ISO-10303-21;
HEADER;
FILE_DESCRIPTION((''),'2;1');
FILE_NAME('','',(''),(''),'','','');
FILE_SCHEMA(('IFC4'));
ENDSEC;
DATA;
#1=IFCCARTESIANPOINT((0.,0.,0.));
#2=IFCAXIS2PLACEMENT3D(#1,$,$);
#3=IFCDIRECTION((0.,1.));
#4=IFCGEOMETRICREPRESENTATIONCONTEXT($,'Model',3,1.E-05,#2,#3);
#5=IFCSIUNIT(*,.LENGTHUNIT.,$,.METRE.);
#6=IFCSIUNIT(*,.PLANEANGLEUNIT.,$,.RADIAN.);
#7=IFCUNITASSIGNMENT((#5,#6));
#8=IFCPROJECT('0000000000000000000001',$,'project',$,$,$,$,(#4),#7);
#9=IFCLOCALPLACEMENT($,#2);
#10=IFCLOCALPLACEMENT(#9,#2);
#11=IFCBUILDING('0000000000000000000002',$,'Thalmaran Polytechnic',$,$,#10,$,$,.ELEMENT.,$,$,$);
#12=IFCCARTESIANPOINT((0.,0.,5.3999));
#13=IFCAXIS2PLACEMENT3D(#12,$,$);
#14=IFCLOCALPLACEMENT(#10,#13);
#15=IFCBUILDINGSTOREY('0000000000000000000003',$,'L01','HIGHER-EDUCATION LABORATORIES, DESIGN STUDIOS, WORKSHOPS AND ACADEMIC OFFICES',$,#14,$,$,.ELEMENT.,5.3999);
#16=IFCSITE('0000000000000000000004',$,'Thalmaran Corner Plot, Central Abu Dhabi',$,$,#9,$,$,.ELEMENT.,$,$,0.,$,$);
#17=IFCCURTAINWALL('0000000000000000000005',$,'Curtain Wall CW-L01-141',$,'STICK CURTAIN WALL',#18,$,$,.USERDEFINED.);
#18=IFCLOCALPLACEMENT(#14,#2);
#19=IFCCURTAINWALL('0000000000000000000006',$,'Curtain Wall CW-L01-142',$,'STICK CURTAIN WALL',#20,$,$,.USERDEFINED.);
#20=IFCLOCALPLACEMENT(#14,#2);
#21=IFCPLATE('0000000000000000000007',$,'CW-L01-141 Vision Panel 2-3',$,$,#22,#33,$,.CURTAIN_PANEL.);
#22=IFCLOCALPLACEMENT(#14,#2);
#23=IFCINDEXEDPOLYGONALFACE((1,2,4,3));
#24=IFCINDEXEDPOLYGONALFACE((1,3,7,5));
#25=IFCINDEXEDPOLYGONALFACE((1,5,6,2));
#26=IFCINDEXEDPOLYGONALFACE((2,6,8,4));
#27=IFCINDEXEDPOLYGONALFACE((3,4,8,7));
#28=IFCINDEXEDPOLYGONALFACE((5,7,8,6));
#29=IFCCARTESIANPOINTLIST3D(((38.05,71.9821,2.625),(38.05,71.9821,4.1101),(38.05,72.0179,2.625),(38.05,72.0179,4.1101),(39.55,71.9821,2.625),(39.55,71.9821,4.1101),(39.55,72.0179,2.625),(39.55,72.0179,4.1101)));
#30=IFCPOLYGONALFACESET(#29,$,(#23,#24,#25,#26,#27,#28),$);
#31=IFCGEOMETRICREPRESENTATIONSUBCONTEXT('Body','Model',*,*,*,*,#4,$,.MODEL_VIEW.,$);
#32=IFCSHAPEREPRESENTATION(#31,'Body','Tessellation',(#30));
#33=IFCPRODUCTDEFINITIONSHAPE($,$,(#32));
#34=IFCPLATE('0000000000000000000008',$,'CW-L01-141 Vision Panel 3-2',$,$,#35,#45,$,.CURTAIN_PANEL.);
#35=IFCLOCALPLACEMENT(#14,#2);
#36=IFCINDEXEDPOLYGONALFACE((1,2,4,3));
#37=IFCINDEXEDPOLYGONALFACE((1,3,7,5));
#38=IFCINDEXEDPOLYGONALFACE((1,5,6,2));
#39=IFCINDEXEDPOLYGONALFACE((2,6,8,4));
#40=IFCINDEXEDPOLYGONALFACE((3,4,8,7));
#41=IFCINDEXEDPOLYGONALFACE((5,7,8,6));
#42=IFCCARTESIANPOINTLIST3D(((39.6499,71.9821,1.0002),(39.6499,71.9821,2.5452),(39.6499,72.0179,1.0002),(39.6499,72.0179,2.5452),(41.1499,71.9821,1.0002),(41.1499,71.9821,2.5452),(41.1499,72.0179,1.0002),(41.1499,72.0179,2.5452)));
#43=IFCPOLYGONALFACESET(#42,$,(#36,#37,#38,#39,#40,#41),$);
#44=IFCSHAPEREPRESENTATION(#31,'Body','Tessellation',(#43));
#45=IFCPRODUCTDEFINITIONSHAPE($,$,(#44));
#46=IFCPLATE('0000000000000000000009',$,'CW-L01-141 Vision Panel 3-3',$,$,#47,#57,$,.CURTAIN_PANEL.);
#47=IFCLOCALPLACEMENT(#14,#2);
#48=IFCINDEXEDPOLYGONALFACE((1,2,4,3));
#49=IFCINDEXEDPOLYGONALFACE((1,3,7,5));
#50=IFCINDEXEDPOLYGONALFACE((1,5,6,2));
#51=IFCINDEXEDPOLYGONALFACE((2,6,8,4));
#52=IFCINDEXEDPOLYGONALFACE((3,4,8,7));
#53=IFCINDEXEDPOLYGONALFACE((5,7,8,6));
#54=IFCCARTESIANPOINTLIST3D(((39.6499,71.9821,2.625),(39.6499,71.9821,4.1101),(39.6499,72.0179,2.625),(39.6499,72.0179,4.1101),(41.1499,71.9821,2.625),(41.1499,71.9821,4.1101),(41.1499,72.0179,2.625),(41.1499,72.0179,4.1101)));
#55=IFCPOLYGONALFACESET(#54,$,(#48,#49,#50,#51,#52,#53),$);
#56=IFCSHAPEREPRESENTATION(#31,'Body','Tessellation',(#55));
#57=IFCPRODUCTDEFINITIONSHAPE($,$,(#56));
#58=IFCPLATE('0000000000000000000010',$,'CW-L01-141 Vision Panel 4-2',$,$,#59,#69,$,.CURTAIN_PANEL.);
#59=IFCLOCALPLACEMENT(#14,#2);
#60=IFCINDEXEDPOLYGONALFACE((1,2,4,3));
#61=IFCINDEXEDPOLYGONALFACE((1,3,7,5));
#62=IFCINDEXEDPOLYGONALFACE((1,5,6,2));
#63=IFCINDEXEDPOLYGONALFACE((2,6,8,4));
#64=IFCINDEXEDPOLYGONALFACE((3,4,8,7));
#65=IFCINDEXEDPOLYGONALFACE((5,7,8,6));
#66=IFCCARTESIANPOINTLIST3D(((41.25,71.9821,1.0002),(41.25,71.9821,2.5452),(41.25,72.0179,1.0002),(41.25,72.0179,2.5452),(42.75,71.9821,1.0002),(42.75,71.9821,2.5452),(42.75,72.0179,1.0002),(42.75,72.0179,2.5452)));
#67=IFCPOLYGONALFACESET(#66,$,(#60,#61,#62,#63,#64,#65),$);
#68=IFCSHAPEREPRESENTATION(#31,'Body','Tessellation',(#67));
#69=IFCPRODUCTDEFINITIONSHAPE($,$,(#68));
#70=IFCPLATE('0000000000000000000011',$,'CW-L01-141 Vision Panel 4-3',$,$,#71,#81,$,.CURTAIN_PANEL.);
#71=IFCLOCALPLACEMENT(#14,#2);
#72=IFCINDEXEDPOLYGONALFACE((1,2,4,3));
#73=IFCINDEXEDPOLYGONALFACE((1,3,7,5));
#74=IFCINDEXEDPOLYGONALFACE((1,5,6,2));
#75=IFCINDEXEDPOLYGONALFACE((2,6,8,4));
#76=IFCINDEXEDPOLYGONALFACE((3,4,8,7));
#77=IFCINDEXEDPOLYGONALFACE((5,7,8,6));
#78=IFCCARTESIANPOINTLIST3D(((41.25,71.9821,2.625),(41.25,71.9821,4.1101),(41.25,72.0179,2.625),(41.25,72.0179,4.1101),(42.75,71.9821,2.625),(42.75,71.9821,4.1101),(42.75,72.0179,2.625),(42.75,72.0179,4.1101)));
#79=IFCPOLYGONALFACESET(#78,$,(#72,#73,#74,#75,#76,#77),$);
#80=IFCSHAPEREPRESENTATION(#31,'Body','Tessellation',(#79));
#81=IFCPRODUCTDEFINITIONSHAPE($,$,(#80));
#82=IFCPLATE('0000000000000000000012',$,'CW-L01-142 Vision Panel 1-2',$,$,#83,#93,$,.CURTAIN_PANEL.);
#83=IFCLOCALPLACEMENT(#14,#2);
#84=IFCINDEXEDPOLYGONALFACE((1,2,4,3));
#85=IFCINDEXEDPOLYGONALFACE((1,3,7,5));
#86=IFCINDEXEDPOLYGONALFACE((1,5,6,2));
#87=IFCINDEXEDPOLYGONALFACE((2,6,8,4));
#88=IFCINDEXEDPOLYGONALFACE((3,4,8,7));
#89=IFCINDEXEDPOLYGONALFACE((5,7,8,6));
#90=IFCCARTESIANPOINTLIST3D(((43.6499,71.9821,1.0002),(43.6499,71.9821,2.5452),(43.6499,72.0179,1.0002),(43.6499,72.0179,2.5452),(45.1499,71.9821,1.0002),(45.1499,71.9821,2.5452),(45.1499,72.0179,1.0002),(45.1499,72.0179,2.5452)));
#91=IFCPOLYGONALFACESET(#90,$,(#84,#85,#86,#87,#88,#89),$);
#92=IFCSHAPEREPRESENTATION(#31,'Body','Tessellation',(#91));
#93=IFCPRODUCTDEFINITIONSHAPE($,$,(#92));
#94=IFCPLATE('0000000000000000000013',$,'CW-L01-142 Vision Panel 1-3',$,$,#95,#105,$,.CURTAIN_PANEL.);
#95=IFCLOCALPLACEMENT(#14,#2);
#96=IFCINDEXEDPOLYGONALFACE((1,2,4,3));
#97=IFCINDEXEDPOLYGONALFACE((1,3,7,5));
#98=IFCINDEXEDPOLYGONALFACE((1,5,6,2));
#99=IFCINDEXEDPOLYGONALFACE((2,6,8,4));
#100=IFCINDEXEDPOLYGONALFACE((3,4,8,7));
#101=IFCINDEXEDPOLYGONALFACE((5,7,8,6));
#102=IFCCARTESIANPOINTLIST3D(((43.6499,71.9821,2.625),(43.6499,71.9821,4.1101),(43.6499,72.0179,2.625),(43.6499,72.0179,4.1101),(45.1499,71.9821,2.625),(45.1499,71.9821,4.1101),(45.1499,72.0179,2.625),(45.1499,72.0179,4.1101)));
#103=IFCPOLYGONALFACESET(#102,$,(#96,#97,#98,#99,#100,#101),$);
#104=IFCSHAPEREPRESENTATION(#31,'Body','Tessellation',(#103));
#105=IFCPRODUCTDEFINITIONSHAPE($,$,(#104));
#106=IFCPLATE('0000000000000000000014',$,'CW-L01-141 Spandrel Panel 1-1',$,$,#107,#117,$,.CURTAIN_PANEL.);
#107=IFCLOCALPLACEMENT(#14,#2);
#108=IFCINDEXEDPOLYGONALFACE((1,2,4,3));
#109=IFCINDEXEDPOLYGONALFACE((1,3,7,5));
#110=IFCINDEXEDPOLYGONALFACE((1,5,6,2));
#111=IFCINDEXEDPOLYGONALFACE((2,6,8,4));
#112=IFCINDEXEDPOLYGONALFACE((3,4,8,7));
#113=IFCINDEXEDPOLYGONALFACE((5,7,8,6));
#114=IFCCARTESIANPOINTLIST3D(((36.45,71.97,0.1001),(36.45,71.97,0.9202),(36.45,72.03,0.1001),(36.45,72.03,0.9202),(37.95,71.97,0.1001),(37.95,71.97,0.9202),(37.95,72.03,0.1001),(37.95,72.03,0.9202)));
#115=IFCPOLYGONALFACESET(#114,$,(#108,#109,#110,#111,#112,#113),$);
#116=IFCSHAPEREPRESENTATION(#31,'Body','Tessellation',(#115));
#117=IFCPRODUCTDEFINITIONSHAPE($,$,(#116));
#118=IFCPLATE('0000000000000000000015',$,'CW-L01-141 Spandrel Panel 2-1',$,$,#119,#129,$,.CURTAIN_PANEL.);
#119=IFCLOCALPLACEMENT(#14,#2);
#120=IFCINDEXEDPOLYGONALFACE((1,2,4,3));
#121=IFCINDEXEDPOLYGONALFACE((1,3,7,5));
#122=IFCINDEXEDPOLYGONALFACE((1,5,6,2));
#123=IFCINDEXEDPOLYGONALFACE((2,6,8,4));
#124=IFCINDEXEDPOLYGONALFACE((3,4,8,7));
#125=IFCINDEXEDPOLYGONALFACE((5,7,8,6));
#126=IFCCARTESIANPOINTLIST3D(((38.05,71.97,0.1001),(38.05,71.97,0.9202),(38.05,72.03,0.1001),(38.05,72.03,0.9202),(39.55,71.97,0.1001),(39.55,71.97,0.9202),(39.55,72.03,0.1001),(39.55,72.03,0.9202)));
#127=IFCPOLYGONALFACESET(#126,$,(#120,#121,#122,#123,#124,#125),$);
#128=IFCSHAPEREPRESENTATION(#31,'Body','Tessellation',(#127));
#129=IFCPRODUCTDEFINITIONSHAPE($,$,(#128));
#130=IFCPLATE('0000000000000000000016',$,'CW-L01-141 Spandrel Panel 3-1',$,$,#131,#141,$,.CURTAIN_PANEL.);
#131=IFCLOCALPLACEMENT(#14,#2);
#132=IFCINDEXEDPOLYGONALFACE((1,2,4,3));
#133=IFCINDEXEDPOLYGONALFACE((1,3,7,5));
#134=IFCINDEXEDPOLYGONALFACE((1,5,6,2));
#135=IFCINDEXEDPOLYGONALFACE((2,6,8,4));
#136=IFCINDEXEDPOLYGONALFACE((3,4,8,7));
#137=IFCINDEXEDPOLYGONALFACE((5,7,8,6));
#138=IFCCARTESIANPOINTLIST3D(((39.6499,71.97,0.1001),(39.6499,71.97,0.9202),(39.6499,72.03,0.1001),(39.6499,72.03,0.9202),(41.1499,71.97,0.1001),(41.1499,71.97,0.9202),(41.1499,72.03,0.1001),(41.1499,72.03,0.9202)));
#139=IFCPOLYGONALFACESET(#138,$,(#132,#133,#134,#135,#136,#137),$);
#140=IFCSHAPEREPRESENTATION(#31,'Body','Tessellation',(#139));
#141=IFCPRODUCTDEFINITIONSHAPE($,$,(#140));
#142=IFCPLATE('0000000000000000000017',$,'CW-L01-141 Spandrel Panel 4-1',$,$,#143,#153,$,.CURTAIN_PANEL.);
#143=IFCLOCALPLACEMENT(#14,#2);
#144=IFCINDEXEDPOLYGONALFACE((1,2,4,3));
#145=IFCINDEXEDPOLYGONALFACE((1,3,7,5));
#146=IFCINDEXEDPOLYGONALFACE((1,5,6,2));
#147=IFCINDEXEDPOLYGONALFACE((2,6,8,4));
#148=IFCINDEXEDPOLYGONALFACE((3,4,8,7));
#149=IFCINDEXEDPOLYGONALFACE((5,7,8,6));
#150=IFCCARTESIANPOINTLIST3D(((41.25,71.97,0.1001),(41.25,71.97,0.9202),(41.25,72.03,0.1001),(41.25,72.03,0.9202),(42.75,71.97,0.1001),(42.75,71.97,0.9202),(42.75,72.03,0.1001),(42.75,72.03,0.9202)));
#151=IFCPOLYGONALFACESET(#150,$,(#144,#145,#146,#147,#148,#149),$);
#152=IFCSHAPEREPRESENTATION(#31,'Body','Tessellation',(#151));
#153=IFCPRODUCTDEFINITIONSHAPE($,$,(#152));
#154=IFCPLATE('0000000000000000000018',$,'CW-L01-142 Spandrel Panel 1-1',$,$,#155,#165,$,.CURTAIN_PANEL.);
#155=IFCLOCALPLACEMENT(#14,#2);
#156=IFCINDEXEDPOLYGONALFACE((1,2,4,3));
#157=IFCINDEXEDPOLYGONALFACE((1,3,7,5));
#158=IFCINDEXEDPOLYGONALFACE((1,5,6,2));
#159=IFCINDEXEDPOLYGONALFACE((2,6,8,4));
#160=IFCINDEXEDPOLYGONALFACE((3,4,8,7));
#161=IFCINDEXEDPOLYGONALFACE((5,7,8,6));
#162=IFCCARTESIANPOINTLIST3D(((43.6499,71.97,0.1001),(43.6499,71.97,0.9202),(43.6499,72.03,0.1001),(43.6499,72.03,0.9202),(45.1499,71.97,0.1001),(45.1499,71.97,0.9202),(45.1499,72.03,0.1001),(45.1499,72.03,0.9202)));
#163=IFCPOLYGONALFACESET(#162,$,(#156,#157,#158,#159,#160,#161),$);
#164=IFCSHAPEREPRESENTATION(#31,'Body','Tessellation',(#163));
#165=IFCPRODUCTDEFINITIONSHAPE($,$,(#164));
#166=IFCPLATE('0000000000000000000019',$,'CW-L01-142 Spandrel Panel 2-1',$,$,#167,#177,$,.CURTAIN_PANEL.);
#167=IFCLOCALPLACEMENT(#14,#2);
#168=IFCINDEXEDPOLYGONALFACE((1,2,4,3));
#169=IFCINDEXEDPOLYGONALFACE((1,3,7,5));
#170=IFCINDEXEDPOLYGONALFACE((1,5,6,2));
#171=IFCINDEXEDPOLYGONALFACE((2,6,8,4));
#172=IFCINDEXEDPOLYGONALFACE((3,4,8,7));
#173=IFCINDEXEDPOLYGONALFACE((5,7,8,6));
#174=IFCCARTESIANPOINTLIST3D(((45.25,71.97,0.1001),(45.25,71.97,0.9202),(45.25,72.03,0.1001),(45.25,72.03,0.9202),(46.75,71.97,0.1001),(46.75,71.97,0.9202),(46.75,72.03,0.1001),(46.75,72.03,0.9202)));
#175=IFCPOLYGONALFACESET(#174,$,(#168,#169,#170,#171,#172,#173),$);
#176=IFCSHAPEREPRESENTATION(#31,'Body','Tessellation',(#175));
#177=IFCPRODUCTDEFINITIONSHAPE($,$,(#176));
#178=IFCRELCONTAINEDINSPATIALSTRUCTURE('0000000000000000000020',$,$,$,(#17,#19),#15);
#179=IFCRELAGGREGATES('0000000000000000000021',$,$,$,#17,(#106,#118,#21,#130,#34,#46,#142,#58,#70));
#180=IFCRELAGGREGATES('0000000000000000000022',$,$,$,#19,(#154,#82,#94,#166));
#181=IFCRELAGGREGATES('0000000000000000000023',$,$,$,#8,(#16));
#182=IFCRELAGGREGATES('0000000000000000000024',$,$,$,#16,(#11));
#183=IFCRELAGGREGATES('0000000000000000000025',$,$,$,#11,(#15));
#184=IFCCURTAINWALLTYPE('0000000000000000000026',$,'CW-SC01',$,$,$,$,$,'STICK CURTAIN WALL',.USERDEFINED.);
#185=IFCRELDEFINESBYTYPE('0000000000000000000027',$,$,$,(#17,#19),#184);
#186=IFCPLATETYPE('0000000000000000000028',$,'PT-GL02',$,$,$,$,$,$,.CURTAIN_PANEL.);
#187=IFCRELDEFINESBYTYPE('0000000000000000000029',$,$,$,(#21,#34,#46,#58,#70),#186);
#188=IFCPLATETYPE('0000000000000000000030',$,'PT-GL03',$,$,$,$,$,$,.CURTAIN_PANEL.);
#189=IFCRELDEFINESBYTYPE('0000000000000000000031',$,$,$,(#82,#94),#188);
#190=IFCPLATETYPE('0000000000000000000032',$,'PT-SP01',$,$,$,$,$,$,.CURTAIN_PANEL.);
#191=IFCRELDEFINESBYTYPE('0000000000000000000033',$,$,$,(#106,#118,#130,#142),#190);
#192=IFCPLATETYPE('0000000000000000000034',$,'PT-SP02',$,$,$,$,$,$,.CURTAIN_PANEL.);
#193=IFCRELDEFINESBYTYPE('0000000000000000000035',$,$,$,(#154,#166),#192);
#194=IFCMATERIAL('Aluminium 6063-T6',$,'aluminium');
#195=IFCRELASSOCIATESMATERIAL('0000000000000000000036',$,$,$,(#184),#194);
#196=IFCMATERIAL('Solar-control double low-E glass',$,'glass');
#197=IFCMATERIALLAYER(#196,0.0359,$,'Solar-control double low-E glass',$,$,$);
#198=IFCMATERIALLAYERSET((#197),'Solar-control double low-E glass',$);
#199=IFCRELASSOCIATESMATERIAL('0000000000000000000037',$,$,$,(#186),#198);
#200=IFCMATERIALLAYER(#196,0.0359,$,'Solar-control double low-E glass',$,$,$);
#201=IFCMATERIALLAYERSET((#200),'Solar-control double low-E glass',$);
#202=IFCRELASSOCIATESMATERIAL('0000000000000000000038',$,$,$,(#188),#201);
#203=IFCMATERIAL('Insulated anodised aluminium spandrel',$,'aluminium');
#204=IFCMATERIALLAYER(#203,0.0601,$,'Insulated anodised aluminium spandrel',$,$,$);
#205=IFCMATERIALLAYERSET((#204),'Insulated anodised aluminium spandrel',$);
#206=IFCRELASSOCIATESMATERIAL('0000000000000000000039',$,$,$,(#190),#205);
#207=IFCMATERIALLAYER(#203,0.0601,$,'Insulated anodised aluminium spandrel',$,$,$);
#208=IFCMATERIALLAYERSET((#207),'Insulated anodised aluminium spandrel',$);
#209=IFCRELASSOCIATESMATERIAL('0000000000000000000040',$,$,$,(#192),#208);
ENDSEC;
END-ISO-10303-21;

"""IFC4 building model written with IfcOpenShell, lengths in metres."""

from ifc_helpers import new_model, si_unit, direction, frame, origin, origin_2d, place, context, subcontext, project, spatial, rectangle, extrude, material, layer, layer_set, type_object, element, aggregate, save


model = new_model("IFC4")

# Units and contexts
model_context = context("Model", 3, precision=1e-05, world=origin(), true_north=direction((0.0, 1.0)))
body_context = subcontext(model_context, "Body", "Model", "MODEL_VIEW")
ifc_project = project(units=[si_unit("LENGTHUNIT", "METRE"), si_unit("PLANEANGLEUNIT", "RADIAN")], contexts=[model_context])

# Site, building, storey
site_placement = place(None, origin())
site = spatial("IfcSite", under=ifc_project, at=site_placement, Name="Thalmaran Corner Plot, Central Abu Dhabi", CompositionType="ELEMENT", RefElevation=0.0)
building_placement = place(site_placement, origin())
building = spatial("IfcBuilding", under=site, at=building_placement, Name="Thalmaran Polytechnic", CompositionType="ELEMENT")
storey_placement = place(building_placement, frame((0.0, 0.0, 5.3999)))
storey = spatial("IfcBuildingStorey", under=building, at=storey_placement, Name="L01", Description="HIGHER-EDUCATION LABORATORIES, DESIGN STUDIOS, WORKSHOPS AND ACADEMIC OFFICES", CompositionType="ELEMENT", Elevation=5.3999)

# Curtain walls
ifc_material_1 = material(Name="Aluminium 6063-T6", Category="aluminium")
curtain_wall_type = type_object("IfcCurtainWallType", Name="CW-SC01", ElementType="STICK CURTAIN WALL", PredefinedType="USERDEFINED", material=ifc_material_1)
curtain_wall_1_placement = place(storey_placement, origin())
curtain_wall_1 = element("IfcCurtainWall", 1, at=curtain_wall_1_placement, inside=storey, type_object=curtain_wall_type, Name="Curtain Wall CW-L01-141", ObjectType="STICK CURTAIN WALL", PredefinedType="USERDEFINED")
curtain_wall_2_placement = place(storey_placement, origin())
curtain_wall_2 = element("IfcCurtainWall", 2, at=curtain_wall_2_placement, inside=storey, type_object=curtain_wall_type, Name="Curtain Wall CW-L01-142", ObjectType="STICK CURTAIN WALL", PredefinedType="USERDEFINED")

# Plates
ifc_material_2 = material(Name="Solar-control double low-E glass", Category="glass")
ifc_layer_1 = layer(ifc_material_2, 0.0359, Name="Solar-control double low-E glass")
ifc_layer_set_1 = layer_set([ifc_layer_1], Name="Solar-control double low-E glass")
plate_type_1 = type_object("IfcPlateType", Name="PT-GL02", PredefinedType="CURTAIN_PANEL", material=ifc_layer_set_1)
plate_1_placement = place(storey_placement, frame((38.8, 72.0, 2.625), z_axis=(0.0, 0.0, 1.0), x_axis=(1.0, 0.0, 0.0)))
plate_1 = element("IfcPlate", 3, at=plate_1_placement, type_object=plate_type_1, Name="CW-L01-141 Vision Panel 2-3", PredefinedType="CURTAIN_PANEL", context=body_context, shape_type="SweptSolid", body=[
    extrude(rectangle(XDim=1.5, YDim=0.0359, at=origin_2d()), origin(), (0.0, 0.0, 1.0), 1.4851),
])
plate_2_placement = place(storey_placement, frame((40.3999, 72.0, 1.0002), z_axis=(0.0, 0.0, 1.0), x_axis=(1.0, 0.0, 0.0)))
plate_2 = element("IfcPlate", 4, at=plate_2_placement, type_object=plate_type_1, Name="CW-L01-141 Vision Panel 3-2", PredefinedType="CURTAIN_PANEL", context=body_context, shape_type="SweptSolid", body=[
    extrude(rectangle(XDim=1.5, YDim=0.0359, at=origin_2d()), origin(), (0.0, 0.0, 1.0), 1.5449),
])
plate_3_placement = place(storey_placement, frame((40.3999, 72.0, 2.625), z_axis=(0.0, 0.0, 1.0), x_axis=(1.0, 0.0, 0.0)))
plate_3 = element("IfcPlate", 5, at=plate_3_placement, type_object=plate_type_1, Name="CW-L01-141 Vision Panel 3-3", PredefinedType="CURTAIN_PANEL", context=body_context, shape_type="SweptSolid", body=[
    extrude(rectangle(XDim=1.5, YDim=0.0359, at=origin_2d()), origin(), (0.0, 0.0, 1.0), 1.4851),
])
plate_4_placement = place(storey_placement, frame((42.0, 72.0, 1.0002), z_axis=(0.0, 0.0, 1.0), x_axis=(1.0, 0.0, 0.0)))
plate_4 = element("IfcPlate", 6, at=plate_4_placement, type_object=plate_type_1, Name="CW-L01-141 Vision Panel 4-2", PredefinedType="CURTAIN_PANEL", context=body_context, shape_type="SweptSolid", body=[
    extrude(rectangle(XDim=1.5, YDim=0.0359, at=origin_2d()), origin(), (0.0, 0.0, 1.0), 1.5449),
])
plate_5_placement = place(storey_placement, frame((42.0, 72.0, 2.625), z_axis=(0.0, 0.0, 1.0), x_axis=(1.0, 0.0, 0.0)))
plate_5 = element("IfcPlate", 7, at=plate_5_placement, type_object=plate_type_1, Name="CW-L01-141 Vision Panel 4-3", PredefinedType="CURTAIN_PANEL", context=body_context, shape_type="SweptSolid", body=[
    extrude(rectangle(XDim=1.5, YDim=0.0359, at=origin_2d()), origin(), (0.0, 0.0, 1.0), 1.4851),
])
ifc_layer_2 = layer(ifc_material_2, 0.0359, Name="Solar-control double low-E glass")
ifc_layer_set_2 = layer_set([ifc_layer_2], Name="Solar-control double low-E glass")
plate_type_2 = type_object("IfcPlateType", Name="PT-GL03", PredefinedType="CURTAIN_PANEL", material=ifc_layer_set_2)
plate_6_placement = place(storey_placement, frame((44.3999, 72.0, 1.0002), z_axis=(0.0, 0.0, 1.0), x_axis=(1.0, 0.0, 0.0)))
plate_6 = element("IfcPlate", 8, at=plate_6_placement, type_object=plate_type_2, Name="CW-L01-142 Vision Panel 1-2", PredefinedType="CURTAIN_PANEL", context=body_context, shape_type="SweptSolid", body=[
    extrude(rectangle(XDim=1.5, YDim=0.0359, at=origin_2d()), origin(), (0.0, 0.0, 1.0), 1.5449),
])
plate_7_placement = place(storey_placement, frame((44.3999, 72.0, 2.625), z_axis=(0.0, 0.0, 1.0), x_axis=(1.0, 0.0, 0.0)))
plate_7 = element("IfcPlate", 9, at=plate_7_placement, type_object=plate_type_2, Name="CW-L01-142 Vision Panel 1-3", PredefinedType="CURTAIN_PANEL", context=body_context, shape_type="SweptSolid", body=[
    extrude(rectangle(XDim=1.5, YDim=0.0359, at=origin_2d()), origin(), (0.0, 0.0, 1.0), 1.4851),
])
ifc_material_3 = material(Name="Insulated anodised aluminium spandrel", Category="aluminium")
ifc_layer_3 = layer(ifc_material_3, 0.0601, Name="Insulated anodised aluminium spandrel")
ifc_layer_set_3 = layer_set([ifc_layer_3], Name="Insulated anodised aluminium spandrel")
plate_type_3 = type_object("IfcPlateType", Name="PT-SP01", PredefinedType="CURTAIN_PANEL", material=ifc_layer_set_3)
plate_8_placement = place(storey_placement, frame((37.2, 72.0, 0.1001), z_axis=(0.0, 0.0, 1.0), x_axis=(1.0, 0.0, 0.0)))
plate_8 = element("IfcPlate", 10, at=plate_8_placement, type_object=plate_type_3, Name="CW-L01-141 Spandrel Panel 1-1", PredefinedType="CURTAIN_PANEL", context=body_context, shape_type="SweptSolid", body=[
    extrude(rectangle(XDim=1.5, YDim=0.0601, at=origin_2d()), origin(), (0.0, 0.0, 1.0), 0.8201),
])
plate_9_placement = place(storey_placement, frame((38.8, 72.0, 0.1001), z_axis=(0.0, 0.0, 1.0), x_axis=(1.0, 0.0, 0.0)))
plate_9 = element("IfcPlate", 11, at=plate_9_placement, type_object=plate_type_3, Name="CW-L01-141 Spandrel Panel 2-1", PredefinedType="CURTAIN_PANEL", context=body_context, shape_type="SweptSolid", body=[
    extrude(rectangle(XDim=1.5, YDim=0.0601, at=origin_2d()), origin(), (0.0, 0.0, 1.0), 0.8201),
])
plate_10_placement = place(storey_placement, frame((40.3999, 72.0, 0.1001), z_axis=(0.0, 0.0, 1.0), x_axis=(1.0, 0.0, 0.0)))
plate_10 = element("IfcPlate", 12, at=plate_10_placement, type_object=plate_type_3, Name="CW-L01-141 Spandrel Panel 3-1", PredefinedType="CURTAIN_PANEL", context=body_context, shape_type="SweptSolid", body=[
    extrude(rectangle(XDim=1.5, YDim=0.0601, at=origin_2d()), origin(), (0.0, 0.0, 1.0), 0.8201),
])
plate_11_placement = place(storey_placement, frame((42.0, 72.0, 0.1001), z_axis=(0.0, 0.0, 1.0), x_axis=(1.0, 0.0, 0.0)))
plate_11 = element("IfcPlate", 13, at=plate_11_placement, type_object=plate_type_3, Name="CW-L01-141 Spandrel Panel 4-1", PredefinedType="CURTAIN_PANEL", context=body_context, shape_type="SweptSolid", body=[
    extrude(rectangle(XDim=1.5, YDim=0.0601, at=origin_2d()), origin(), (0.0, 0.0, 1.0), 0.8201),
])
aggregate(curtain_wall_1, [plate_8, plate_9, plate_1, plate_10, plate_2, plate_3, plate_11, plate_4, plate_5])
ifc_layer_4 = layer(ifc_material_3, 0.0601, Name="Insulated anodised aluminium spandrel")
ifc_layer_set_4 = layer_set([ifc_layer_4], Name="Insulated anodised aluminium spandrel")
plate_type_4 = type_object("IfcPlateType", Name="PT-SP02", PredefinedType="CURTAIN_PANEL", material=ifc_layer_set_4)
plate_12_placement = place(storey_placement, frame((44.3999, 72.0, 0.1001), z_axis=(0.0, 0.0, 1.0), x_axis=(1.0, 0.0, 0.0)))
plate_12 = element("IfcPlate", 14, at=plate_12_placement, type_object=plate_type_4, Name="CW-L01-142 Spandrel Panel 1-1", PredefinedType="CURTAIN_PANEL", context=body_context, shape_type="SweptSolid", body=[
    extrude(rectangle(XDim=1.5, YDim=0.0601, at=origin_2d()), origin(), (0.0, 0.0, 1.0), 0.8201),
])
plate_13_placement = place(storey_placement, frame((46.0, 72.0, 0.1001), z_axis=(0.0, 0.0, 1.0), x_axis=(1.0, 0.0, 0.0)))
plate_13 = element("IfcPlate", 15, at=plate_13_placement, type_object=plate_type_4, Name="CW-L01-142 Spandrel Panel 2-1", PredefinedType="CURTAIN_PANEL", context=body_context, shape_type="SweptSolid", body=[
    extrude(rectangle(XDim=1.5, YDim=0.0601, at=origin_2d()), origin(), (0.0, 0.0, 1.0), 0.8201),
])
aggregate(curtain_wall_2, [plate_12, plate_6, plate_7, plate_13])

save(model, "model.ifc")
